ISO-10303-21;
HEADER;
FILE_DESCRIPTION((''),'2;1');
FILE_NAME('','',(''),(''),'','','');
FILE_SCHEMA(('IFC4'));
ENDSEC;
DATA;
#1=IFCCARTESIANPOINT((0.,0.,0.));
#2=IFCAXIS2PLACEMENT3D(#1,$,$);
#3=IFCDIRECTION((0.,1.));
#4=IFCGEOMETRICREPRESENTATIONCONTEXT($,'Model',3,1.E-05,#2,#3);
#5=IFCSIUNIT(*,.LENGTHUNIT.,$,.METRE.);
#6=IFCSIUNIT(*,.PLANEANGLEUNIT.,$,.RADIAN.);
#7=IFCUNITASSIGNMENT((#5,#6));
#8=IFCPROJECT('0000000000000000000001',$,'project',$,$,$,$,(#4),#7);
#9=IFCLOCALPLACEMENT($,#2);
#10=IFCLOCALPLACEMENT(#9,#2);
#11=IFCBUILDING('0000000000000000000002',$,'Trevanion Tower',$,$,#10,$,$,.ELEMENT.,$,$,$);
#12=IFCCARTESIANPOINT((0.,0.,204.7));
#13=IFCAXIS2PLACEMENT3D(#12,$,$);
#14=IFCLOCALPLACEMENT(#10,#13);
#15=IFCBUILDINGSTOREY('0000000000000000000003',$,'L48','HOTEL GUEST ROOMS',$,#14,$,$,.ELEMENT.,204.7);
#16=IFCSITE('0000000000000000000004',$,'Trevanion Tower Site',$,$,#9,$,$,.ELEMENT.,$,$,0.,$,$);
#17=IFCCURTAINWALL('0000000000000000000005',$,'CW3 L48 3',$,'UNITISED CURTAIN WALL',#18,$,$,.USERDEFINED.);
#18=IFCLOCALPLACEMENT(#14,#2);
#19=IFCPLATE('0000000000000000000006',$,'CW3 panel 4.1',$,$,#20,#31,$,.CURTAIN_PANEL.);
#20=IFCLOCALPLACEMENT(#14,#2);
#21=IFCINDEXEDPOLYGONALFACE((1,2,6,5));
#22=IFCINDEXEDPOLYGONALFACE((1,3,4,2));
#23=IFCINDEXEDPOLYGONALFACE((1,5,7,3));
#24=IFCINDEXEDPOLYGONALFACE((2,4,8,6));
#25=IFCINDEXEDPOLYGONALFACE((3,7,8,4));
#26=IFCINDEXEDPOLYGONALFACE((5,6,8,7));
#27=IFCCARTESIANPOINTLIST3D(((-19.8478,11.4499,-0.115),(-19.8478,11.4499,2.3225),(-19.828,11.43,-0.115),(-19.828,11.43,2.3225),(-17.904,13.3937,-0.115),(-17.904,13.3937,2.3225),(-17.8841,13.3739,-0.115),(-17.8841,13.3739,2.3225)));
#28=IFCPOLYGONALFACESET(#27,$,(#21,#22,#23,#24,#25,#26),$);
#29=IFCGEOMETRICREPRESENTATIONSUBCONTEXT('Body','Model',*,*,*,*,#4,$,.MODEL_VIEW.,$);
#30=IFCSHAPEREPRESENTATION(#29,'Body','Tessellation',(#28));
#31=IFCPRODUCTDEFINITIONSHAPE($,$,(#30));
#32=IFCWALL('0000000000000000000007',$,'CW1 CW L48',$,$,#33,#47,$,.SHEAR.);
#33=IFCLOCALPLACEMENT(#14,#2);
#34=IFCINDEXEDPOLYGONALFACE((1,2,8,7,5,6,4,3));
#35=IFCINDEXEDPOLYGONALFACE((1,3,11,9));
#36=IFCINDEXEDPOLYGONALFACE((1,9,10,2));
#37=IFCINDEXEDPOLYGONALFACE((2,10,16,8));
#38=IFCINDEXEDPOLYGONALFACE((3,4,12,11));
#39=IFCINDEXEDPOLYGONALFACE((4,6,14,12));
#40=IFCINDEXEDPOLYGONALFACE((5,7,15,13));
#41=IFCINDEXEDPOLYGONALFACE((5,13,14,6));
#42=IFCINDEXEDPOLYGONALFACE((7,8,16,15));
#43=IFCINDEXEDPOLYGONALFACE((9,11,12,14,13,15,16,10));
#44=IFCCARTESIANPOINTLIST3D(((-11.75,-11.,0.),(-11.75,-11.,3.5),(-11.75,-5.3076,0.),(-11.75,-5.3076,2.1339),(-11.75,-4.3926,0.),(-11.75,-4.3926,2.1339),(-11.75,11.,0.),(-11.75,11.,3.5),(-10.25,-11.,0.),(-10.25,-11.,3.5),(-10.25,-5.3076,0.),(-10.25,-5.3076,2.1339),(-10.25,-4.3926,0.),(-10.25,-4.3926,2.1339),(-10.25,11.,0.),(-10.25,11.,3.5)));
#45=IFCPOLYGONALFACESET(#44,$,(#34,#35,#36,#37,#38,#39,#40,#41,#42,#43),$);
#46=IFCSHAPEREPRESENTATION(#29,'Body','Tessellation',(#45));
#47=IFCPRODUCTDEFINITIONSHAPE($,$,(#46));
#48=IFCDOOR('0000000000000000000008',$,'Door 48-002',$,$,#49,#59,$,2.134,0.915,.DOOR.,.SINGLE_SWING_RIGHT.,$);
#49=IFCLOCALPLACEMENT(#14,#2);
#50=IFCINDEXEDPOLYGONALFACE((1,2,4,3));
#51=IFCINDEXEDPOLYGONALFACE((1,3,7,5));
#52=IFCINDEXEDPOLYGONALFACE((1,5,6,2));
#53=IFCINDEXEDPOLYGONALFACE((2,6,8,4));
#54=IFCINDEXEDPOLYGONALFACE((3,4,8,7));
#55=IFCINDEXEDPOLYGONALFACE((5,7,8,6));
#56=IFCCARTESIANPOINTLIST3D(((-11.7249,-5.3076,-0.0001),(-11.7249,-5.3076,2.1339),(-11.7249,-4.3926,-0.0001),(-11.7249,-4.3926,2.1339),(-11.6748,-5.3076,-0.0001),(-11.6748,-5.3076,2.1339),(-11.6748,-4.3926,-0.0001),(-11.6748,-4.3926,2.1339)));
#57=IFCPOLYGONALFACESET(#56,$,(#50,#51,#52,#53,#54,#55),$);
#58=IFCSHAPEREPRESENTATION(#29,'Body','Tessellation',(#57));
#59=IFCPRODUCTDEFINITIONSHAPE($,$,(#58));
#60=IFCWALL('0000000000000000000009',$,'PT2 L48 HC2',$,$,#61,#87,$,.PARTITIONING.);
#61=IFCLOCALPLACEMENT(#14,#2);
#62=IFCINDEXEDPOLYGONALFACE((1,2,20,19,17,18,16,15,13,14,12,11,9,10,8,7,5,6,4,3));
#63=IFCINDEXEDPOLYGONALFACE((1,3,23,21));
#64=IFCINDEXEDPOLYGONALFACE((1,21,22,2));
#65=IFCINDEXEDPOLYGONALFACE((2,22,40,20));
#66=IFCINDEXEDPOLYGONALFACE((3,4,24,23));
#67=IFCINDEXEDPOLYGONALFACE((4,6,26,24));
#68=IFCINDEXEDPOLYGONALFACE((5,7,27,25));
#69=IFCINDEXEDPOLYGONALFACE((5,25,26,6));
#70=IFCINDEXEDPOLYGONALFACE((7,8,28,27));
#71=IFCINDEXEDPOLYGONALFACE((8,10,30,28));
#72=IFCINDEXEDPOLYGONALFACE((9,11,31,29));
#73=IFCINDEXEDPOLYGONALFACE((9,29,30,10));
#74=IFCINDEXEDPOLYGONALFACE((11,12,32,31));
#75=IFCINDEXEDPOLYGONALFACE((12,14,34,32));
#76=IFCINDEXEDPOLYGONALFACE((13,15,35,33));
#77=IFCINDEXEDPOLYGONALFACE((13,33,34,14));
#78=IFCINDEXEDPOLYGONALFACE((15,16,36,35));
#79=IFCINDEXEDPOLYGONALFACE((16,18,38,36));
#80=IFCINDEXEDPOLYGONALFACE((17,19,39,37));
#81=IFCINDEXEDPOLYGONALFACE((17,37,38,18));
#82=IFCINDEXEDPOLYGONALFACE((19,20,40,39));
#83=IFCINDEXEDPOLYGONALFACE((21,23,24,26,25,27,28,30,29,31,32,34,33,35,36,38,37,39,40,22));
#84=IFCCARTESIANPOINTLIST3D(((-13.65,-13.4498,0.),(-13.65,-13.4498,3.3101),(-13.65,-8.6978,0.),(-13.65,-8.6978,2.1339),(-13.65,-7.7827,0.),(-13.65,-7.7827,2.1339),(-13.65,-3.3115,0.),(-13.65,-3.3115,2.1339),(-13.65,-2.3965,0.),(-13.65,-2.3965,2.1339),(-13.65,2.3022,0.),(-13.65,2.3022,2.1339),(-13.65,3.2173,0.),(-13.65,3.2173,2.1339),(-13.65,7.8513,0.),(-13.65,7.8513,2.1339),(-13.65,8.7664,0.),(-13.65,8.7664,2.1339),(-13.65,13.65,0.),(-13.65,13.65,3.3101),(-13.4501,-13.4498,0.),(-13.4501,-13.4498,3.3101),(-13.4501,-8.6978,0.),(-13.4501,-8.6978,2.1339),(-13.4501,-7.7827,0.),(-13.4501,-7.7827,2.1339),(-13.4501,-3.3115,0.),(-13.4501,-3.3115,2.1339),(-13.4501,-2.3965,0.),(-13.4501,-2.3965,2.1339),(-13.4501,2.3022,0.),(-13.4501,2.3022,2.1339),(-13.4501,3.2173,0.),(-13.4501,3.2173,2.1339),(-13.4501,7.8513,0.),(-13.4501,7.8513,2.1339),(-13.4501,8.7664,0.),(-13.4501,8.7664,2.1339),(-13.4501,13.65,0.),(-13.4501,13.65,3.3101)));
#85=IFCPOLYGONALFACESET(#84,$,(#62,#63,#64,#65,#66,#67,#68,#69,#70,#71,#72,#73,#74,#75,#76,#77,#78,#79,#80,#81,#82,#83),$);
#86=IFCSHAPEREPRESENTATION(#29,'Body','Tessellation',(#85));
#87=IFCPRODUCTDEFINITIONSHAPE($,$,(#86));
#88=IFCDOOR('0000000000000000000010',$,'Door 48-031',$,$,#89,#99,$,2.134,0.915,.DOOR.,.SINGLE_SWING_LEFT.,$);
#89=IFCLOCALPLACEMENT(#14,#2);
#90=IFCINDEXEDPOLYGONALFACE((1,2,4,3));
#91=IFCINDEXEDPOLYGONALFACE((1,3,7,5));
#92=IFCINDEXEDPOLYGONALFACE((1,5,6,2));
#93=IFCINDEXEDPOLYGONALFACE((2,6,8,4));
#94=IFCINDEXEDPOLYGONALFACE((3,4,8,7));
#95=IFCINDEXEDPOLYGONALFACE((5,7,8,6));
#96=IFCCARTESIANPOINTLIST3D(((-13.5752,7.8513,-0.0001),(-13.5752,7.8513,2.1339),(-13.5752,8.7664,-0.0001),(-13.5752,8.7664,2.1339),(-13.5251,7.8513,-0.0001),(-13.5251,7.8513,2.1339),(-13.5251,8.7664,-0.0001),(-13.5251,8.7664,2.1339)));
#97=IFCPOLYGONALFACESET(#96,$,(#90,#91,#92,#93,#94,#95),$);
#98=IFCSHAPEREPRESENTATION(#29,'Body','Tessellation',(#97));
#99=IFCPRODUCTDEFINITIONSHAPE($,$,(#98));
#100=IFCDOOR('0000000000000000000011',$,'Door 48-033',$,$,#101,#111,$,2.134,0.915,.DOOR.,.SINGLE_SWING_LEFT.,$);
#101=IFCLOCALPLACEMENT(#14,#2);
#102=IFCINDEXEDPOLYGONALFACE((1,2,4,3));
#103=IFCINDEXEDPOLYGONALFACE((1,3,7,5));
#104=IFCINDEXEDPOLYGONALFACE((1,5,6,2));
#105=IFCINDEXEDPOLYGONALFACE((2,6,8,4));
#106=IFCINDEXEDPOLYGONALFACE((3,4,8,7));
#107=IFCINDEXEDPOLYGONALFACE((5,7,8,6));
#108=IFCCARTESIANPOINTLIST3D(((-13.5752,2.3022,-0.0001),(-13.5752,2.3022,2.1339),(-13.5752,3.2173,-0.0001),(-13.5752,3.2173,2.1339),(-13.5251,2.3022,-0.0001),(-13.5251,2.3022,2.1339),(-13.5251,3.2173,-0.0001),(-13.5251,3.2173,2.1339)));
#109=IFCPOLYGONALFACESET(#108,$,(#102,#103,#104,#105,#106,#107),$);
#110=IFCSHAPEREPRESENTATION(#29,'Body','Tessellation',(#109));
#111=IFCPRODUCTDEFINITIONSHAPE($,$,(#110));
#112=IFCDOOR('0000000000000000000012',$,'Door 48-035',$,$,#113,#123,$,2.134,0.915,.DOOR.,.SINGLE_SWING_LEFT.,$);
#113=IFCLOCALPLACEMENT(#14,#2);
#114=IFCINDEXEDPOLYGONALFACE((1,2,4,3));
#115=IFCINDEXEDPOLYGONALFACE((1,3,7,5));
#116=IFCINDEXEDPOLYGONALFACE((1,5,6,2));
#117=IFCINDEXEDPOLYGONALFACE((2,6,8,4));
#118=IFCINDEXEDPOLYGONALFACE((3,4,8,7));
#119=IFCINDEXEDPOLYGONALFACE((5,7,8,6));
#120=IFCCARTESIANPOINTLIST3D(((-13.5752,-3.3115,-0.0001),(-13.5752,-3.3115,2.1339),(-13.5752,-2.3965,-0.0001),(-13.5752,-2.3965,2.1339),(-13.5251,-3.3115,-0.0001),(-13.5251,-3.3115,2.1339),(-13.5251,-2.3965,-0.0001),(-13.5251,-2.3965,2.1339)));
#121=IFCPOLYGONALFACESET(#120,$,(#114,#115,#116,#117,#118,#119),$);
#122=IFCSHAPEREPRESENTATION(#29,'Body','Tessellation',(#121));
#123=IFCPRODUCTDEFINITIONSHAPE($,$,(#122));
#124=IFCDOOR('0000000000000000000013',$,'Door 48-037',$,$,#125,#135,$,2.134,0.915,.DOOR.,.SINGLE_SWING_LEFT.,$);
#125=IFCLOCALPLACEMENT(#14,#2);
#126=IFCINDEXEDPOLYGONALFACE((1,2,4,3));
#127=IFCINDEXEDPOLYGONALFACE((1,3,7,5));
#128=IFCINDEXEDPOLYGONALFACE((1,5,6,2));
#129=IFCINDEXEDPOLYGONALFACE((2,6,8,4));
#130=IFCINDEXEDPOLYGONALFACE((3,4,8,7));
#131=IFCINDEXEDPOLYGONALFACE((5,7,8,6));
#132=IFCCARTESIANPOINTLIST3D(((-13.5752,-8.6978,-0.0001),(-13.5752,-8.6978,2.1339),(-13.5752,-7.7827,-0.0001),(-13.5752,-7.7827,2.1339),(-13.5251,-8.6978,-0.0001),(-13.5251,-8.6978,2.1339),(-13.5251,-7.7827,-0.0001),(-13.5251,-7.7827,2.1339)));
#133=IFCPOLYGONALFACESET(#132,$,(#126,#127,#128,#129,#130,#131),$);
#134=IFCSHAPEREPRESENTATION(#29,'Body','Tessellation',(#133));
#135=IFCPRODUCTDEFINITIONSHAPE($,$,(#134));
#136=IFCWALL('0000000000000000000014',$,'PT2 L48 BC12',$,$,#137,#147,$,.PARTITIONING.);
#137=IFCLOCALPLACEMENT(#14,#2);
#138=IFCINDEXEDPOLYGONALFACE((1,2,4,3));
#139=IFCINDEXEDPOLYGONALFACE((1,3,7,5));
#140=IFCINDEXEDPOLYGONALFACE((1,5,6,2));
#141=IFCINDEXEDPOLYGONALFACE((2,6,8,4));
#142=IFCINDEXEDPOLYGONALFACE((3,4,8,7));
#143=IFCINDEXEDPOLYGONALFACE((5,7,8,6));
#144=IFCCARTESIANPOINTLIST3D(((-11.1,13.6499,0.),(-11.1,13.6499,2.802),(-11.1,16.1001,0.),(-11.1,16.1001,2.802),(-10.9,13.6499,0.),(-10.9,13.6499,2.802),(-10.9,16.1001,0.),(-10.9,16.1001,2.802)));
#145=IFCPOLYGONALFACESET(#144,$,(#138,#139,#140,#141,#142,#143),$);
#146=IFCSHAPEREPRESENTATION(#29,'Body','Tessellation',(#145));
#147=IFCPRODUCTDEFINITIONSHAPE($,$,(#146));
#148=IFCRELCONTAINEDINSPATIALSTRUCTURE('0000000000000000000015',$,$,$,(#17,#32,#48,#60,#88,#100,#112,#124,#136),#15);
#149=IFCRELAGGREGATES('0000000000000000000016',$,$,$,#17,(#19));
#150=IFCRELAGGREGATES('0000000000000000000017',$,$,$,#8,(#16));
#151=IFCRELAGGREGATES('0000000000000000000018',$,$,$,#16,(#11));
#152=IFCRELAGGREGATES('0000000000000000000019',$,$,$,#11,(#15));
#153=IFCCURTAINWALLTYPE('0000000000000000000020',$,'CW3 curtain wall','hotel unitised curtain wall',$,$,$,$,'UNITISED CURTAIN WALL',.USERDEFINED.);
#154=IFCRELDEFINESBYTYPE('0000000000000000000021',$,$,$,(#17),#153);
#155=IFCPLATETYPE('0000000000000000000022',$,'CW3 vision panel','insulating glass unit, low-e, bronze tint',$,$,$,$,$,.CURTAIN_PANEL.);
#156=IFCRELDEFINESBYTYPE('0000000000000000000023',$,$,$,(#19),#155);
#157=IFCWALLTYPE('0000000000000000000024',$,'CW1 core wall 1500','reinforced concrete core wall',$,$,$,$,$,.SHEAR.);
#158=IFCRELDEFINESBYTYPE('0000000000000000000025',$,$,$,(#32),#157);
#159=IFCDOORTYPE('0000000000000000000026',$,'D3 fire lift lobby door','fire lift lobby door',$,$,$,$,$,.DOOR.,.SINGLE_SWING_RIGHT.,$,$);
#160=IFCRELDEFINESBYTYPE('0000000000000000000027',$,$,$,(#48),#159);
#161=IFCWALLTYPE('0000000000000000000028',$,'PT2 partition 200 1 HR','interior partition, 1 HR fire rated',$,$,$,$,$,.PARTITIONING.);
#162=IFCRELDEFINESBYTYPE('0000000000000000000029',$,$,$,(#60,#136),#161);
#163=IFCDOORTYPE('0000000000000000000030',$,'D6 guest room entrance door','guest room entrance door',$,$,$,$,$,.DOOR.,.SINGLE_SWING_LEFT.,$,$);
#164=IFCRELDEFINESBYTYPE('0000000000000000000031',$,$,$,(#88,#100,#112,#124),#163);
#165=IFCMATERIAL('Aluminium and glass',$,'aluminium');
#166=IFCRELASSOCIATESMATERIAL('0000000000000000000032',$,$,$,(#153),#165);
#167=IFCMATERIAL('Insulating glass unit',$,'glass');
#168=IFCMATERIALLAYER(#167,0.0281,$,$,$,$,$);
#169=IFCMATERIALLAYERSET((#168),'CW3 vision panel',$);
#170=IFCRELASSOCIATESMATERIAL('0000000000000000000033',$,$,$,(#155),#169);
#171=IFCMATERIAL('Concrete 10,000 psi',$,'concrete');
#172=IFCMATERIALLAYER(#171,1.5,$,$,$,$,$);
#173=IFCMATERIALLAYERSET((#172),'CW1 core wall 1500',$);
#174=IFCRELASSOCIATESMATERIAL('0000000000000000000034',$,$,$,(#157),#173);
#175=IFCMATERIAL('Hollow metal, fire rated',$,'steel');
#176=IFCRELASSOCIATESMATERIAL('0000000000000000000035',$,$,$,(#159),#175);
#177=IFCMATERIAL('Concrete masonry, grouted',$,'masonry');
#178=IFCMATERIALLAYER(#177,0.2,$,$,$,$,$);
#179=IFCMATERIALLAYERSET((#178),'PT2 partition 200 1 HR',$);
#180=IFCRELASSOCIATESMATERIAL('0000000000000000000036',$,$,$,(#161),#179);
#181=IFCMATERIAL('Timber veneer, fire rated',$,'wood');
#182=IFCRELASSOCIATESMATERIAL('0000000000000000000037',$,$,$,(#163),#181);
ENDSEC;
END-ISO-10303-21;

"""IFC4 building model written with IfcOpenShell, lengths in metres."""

from ifc_helpers import new_model, si_unit, direction, frame, frame_2d, origin, origin_2d, place, context, subcontext, project, spatial, rectangle, extrude, material, layer, layer_set, type_object, element, fill, aggregate, save


model = new_model("IFC4")

# Units and contexts
model_context = context("Model", 3, precision=1e-05, world=origin(), true_north=direction((0.0, 1.0)))
body_context = subcontext(model_context, "Body", "Model", "MODEL_VIEW")
ifc_project = project(units=[si_unit("LENGTHUNIT", "METRE"), si_unit("PLANEANGLEUNIT", "RADIAN")], contexts=[model_context])

# Site, building, storey
site_placement = place(None, origin())
site = spatial("IfcSite", under=ifc_project, at=site_placement, Name="Trevanion Tower Site", CompositionType="ELEMENT", RefElevation=0.0)
building_placement = place(site_placement, origin())
building = spatial("IfcBuilding", under=site, at=building_placement, Name="Trevanion Tower", CompositionType="ELEMENT")
storey_placement = place(building_placement, frame((0.0, 0.0, 204.7)))
storey = spatial("IfcBuildingStorey", under=building, at=storey_placement, Name="L48", Description="HOTEL GUEST ROOMS", CompositionType="ELEMENT", Elevation=204.7)

# Curtain wall
ifc_material_1 = material(Name="Aluminium and glass", Category="aluminium")
curtain_wall_type = type_object("IfcCurtainWallType", Name="CW3 curtain wall", Description="hotel unitised curtain wall", ElementType="UNITISED CURTAIN WALL", PredefinedType="USERDEFINED", material=ifc_material_1)
curtain_wall_placement = place(storey_placement, origin())
curtain_wall = element("IfcCurtainWall", 1, at=curtain_wall_placement, inside=storey, type_object=curtain_wall_type, Name="CW3 L48 3", ObjectType="UNITISED CURTAIN WALL", PredefinedType="USERDEFINED")

# Plate
ifc_material_2 = material(Name="Insulating glass unit", Category="glass")
ifc_layer_1 = layer(ifc_material_2, 0.0281)
ifc_layer_set_1 = layer_set([ifc_layer_1], Name="CW3 vision panel")
plate_type_1 = type_object("IfcPlateType", Name="CW3 vision panel", Description="insulating glass unit, low-e, bronze tint", PredefinedType="CURTAIN_PANEL", material=ifc_layer_set_1)
plate_1_placement = place(storey_placement, frame((-18.866, 12.4119, -0.115), z_axis=(0.0, 0.0, 1.0), x_axis=(-0.707107, -0.707107, 0.0)))
plate_1 = element("IfcPlate", 2, at=plate_1_placement, type_object=plate_type_1, Name="CW3 panel 4.1", PredefinedType="CURTAIN_PANEL", context=body_context, shape_type="SweptSolid", body=[
    extrude(rectangle(XDim=2.749, YDim=0.0281, at=origin_2d()), origin(), (0.0, 0.0, 1.0), 2.4375),
])
aggregate(curtain_wall, [plate_1])

# Wall, opening, door
ifc_material_3 = material(Name="Concrete 10,000 psi", Category="concrete")
ifc_layer_2 = layer(ifc_material_3, 1.5)
ifc_layer_set_2 = layer_set([ifc_layer_2], Name="CW1 core wall 1500")
wall_type_1 = type_object("IfcWallType", Name="CW1 core wall 1500", Description="reinforced concrete core wall", PredefinedType="SHEAR", material=ifc_layer_set_2)
wall_1_placement = place(storey_placement, frame((-11.0, 11.0, 0.0), z_axis=(0.0, 0.0, 1.0), x_axis=(0.0, -1.0, 0.0)))
wall_1 = element("IfcWall", 3, at=wall_1_placement, inside=storey, type_object=wall_type_1, Name="CW1 CW L48", PredefinedType="SHEAR", context=body_context, shape_type="SweptSolid", body=[
    extrude(rectangle(XDim=22.0, YDim=1.5, at=frame_2d((11.0, 0.0))), origin(), (0.0, 0.0, 1.0), 3.5),
])
opening_1_placement = place(wall_1_placement, frame((15.3926, 0.0, 0.0)))
opening_1 = element("IfcOpeningElement", 4, at=opening_1_placement, cuts=wall_1, PredefinedType="OPENING", context=body_context, shape_type="SweptSolid", body=[
    extrude(rectangle(XDim=0.915, YDim=2.134, at=frame_2d((0.4575, 1.0669))), frame((0.0, 0.76, 0.0), z_axis=(0.0, -1.0, 0.0), x_axis=(1.0, 0.0, 0.0)), (0.0, 0.0, 1.0), 1.52),
])
ifc_material_4 = material(Name="Hollow metal, fire rated", Category="steel")
door_type_1 = type_object("IfcDoorType", Name="D3 fire lift lobby door", Description="fire lift lobby door", OperationType="SINGLE_SWING_RIGHT", PredefinedType="DOOR", material=ifc_material_4)
door_1_placement = place(opening_1_placement, origin())
door_1 = element("IfcDoor", 5, at=door_1_placement, inside=storey, type_object=door_type_1, Name="Door 48-002", OperationType="SINGLE_SWING_RIGHT", OverallHeight=2.134, OverallWidth=0.915, PredefinedType="DOOR", context=body_context, shape_type="SweptSolid", body=[
    extrude(rectangle(XDim=0.915, YDim=2.134, at=frame_2d((0.4575, 1.0669))), frame((0.0, -0.6748, 0.0), z_axis=(0.0, -1.0, 0.0), x_axis=(1.0, 0.0, 0.0)), (0.0, 0.0, 1.0), 0.05),
])
fill(opening_1, door_1)

# Wall, openings, doors
ifc_material_5 = material(Name="Concrete masonry, grouted", Category="masonry")
ifc_layer_3 = layer(ifc_material_5, 0.2)
ifc_layer_set_3 = layer_set([ifc_layer_3], Name="PT2 partition 200 1 HR")
wall_type_2 = type_object("IfcWallType", Name="PT2 partition 200 1 HR", Description="interior partition, 1 HR fire rated", PredefinedType="PARTITIONING", material=ifc_layer_set_3)
wall_2_placement = place(storey_placement, frame((-13.55, 13.6499, 0.0), z_axis=(0.0, 0.0, 1.0), x_axis=(0.0, -1.0, 0.0)))
wall_2 = element("IfcWall", 6, at=wall_2_placement, inside=storey, type_object=wall_type_2, Name="PT2 L48 HC2", PredefinedType="PARTITIONING", context=body_context, shape_type="SweptSolid", body=[
    extrude(rectangle(XDim=27.0999, YDim=0.2, at=frame_2d((13.5498, 0.0))), origin(), (0.0, 0.0, 1.0), 3.3101),
])
opening_2_placement = place(wall_2_placement, frame((4.8835, 0.0, 0.0)))
opening_2 = element("IfcOpeningElement", 7, at=opening_2_placement, cuts=wall_2, PredefinedType="OPENING", context=body_context, shape_type="SweptSolid", body=[
    extrude(rectangle(XDim=0.915, YDim=2.134, at=frame_2d((0.4575, 1.0669))), frame((0.0, 0.1099, 0.0), z_axis=(0.0, -1.0, 0.0), x_axis=(1.0, 0.0, 0.0)), (0.0, 0.0, 1.0), 0.22),
])
opening_3_placement = place(wall_2_placement, frame((10.4326, 0.0, 0.0)))
opening_3 = element("IfcOpeningElement", 8, at=opening_3_placement, cuts=wall_2, PredefinedType="OPENING", context=body_context, shape_type="SweptSolid", body=[
    extrude(rectangle(XDim=0.915, YDim=2.134, at=frame_2d((0.4575, 1.0669))), frame((0.0, 0.1099, 0.0), z_axis=(0.0, -1.0, 0.0), x_axis=(1.0, 0.0, 0.0)), (0.0, 0.0, 1.0), 0.22),
])
opening_4_placement = place(wall_2_placement, frame((16.0464, 0.0, 0.0)))
opening_4 = element("IfcOpeningElement", 9, at=opening_4_placement, cuts=wall_2, PredefinedType="OPENING", context=body_context, shape_type="SweptSolid", body=[
    extrude(rectangle(XDim=0.915, YDim=2.134, at=frame_2d((0.4575, 1.0669))), frame((0.0, 0.1099, 0.0), z_axis=(0.0, -1.0, 0.0), x_axis=(1.0, 0.0, 0.0)), (0.0, 0.0, 1.0), 0.22),
])
opening_5_placement = place(wall_2_placement, frame((21.4326, 0.0, 0.0)))
opening_5 = element("IfcOpeningElement", 10, at=opening_5_placement, cuts=wall_2, PredefinedType="OPENING", context=body_context, shape_type="SweptSolid", body=[
    extrude(rectangle(XDim=0.915, YDim=2.134, at=frame_2d((0.4575, 1.0669))), frame((0.0, 0.1099, 0.0), z_axis=(0.0, -1.0, 0.0), x_axis=(1.0, 0.0, 0.0)), (0.0, 0.0, 1.0), 0.22),
])
ifc_material_6 = material(Name="Timber veneer, fire rated", Category="wood")
door_type_2 = type_object("IfcDoorType", Name="D6 guest room entrance door", Description="guest room entrance door", OperationType="SINGLE_SWING_LEFT", PredefinedType="DOOR", material=ifc_material_6)
door_2_placement = place(opening_2_placement, origin())
door_2 = element("IfcDoor", 11, at=door_2_placement, inside=storey, type_object=door_type_2, Name="Door 48-031", OperationType="SINGLE_SWING_LEFT", OverallHeight=2.134, OverallWidth=0.915, PredefinedType="DOOR", context=body_context, shape_type="SweptSolid", body=[
    extrude(rectangle(XDim=0.915, YDim=2.134, at=frame_2d((0.4575, 1.0669))), frame((0.0, 0.0249, 0.0), z_axis=(0.0, -1.0, 0.0), x_axis=(1.0, 0.0, 0.0)), (0.0, 0.0, 1.0), 0.05),
])
fill(opening_2, door_2)
door_3_placement = place(opening_3_placement, origin())
door_3 = element("IfcDoor", 12, at=door_3_placement, inside=storey, type_object=door_type_2, Name="Door 48-033", OperationType="SINGLE_SWING_LEFT", OverallHeight=2.134, OverallWidth=0.915, PredefinedType="DOOR", context=body_context, shape_type="SweptSolid", body=[
    extrude(rectangle(XDim=0.915, YDim=2.134, at=frame_2d((0.4575, 1.0669))), frame((0.0, 0.0249, 0.0), z_axis=(0.0, -1.0, 0.0), x_axis=(1.0, 0.0, 0.0)), (0.0, 0.0, 1.0), 0.05),
])
fill(opening_3, door_3)
door_4_placement = place(opening_4_placement, origin())
door_4 = element("IfcDoor", 13, at=door_4_placement, inside=storey, type_object=door_type_2, Name="Door 48-035", OperationType="SINGLE_SWING_LEFT", OverallHeight=2.134, OverallWidth=0.915, PredefinedType="DOOR", context=body_context, shape_type="SweptSolid", body=[
    extrude(rectangle(XDim=0.915, YDim=2.134, at=frame_2d((0.4575, 1.0669))), frame((0.0, 0.0249, 0.0), z_axis=(0.0, -1.0, 0.0), x_axis=(1.0, 0.0, 0.0)), (0.0, 0.0, 1.0), 0.05),
])
fill(opening_4, door_4)
door_5_placement = place(opening_5_placement, origin())
door_5 = element("IfcDoor", 14, at=door_5_placement, inside=storey, type_object=door_type_2, Name="Door 48-037", OperationType="SINGLE_SWING_LEFT", OverallHeight=2.134, OverallWidth=0.915, PredefinedType="DOOR", context=body_context, shape_type="SweptSolid", body=[
    extrude(rectangle(XDim=0.915, YDim=2.134, at=frame_2d((0.4575, 1.0669))), frame((0.0, 0.0249, 0.0), z_axis=(0.0, -1.0, 0.0), x_axis=(1.0, 0.0, 0.0)), (0.0, 0.0, 1.0), 0.05),
])
fill(opening_5, door_5)

# Wall
wall_3_placement = place(storey_placement, frame((-11.0, 13.6499, 0.0), z_axis=(0.0, 0.0, 1.0), x_axis=(0.0, 1.0, 0.0)))
element("IfcWall", 15, at=wall_3_placement, inside=storey, type_object=wall_type_2, Name="PT2 L48 BC12", PredefinedType="PARTITIONING", context=body_context, shape_type="SweptSolid", body=[
    extrude(rectangle(XDim=2.4502, YDim=0.2, at=frame_2d((1.2251, 0.0))), origin(), (0.0, 0.0, 1.0), 2.802),
])

save(model, "model.ifc")
